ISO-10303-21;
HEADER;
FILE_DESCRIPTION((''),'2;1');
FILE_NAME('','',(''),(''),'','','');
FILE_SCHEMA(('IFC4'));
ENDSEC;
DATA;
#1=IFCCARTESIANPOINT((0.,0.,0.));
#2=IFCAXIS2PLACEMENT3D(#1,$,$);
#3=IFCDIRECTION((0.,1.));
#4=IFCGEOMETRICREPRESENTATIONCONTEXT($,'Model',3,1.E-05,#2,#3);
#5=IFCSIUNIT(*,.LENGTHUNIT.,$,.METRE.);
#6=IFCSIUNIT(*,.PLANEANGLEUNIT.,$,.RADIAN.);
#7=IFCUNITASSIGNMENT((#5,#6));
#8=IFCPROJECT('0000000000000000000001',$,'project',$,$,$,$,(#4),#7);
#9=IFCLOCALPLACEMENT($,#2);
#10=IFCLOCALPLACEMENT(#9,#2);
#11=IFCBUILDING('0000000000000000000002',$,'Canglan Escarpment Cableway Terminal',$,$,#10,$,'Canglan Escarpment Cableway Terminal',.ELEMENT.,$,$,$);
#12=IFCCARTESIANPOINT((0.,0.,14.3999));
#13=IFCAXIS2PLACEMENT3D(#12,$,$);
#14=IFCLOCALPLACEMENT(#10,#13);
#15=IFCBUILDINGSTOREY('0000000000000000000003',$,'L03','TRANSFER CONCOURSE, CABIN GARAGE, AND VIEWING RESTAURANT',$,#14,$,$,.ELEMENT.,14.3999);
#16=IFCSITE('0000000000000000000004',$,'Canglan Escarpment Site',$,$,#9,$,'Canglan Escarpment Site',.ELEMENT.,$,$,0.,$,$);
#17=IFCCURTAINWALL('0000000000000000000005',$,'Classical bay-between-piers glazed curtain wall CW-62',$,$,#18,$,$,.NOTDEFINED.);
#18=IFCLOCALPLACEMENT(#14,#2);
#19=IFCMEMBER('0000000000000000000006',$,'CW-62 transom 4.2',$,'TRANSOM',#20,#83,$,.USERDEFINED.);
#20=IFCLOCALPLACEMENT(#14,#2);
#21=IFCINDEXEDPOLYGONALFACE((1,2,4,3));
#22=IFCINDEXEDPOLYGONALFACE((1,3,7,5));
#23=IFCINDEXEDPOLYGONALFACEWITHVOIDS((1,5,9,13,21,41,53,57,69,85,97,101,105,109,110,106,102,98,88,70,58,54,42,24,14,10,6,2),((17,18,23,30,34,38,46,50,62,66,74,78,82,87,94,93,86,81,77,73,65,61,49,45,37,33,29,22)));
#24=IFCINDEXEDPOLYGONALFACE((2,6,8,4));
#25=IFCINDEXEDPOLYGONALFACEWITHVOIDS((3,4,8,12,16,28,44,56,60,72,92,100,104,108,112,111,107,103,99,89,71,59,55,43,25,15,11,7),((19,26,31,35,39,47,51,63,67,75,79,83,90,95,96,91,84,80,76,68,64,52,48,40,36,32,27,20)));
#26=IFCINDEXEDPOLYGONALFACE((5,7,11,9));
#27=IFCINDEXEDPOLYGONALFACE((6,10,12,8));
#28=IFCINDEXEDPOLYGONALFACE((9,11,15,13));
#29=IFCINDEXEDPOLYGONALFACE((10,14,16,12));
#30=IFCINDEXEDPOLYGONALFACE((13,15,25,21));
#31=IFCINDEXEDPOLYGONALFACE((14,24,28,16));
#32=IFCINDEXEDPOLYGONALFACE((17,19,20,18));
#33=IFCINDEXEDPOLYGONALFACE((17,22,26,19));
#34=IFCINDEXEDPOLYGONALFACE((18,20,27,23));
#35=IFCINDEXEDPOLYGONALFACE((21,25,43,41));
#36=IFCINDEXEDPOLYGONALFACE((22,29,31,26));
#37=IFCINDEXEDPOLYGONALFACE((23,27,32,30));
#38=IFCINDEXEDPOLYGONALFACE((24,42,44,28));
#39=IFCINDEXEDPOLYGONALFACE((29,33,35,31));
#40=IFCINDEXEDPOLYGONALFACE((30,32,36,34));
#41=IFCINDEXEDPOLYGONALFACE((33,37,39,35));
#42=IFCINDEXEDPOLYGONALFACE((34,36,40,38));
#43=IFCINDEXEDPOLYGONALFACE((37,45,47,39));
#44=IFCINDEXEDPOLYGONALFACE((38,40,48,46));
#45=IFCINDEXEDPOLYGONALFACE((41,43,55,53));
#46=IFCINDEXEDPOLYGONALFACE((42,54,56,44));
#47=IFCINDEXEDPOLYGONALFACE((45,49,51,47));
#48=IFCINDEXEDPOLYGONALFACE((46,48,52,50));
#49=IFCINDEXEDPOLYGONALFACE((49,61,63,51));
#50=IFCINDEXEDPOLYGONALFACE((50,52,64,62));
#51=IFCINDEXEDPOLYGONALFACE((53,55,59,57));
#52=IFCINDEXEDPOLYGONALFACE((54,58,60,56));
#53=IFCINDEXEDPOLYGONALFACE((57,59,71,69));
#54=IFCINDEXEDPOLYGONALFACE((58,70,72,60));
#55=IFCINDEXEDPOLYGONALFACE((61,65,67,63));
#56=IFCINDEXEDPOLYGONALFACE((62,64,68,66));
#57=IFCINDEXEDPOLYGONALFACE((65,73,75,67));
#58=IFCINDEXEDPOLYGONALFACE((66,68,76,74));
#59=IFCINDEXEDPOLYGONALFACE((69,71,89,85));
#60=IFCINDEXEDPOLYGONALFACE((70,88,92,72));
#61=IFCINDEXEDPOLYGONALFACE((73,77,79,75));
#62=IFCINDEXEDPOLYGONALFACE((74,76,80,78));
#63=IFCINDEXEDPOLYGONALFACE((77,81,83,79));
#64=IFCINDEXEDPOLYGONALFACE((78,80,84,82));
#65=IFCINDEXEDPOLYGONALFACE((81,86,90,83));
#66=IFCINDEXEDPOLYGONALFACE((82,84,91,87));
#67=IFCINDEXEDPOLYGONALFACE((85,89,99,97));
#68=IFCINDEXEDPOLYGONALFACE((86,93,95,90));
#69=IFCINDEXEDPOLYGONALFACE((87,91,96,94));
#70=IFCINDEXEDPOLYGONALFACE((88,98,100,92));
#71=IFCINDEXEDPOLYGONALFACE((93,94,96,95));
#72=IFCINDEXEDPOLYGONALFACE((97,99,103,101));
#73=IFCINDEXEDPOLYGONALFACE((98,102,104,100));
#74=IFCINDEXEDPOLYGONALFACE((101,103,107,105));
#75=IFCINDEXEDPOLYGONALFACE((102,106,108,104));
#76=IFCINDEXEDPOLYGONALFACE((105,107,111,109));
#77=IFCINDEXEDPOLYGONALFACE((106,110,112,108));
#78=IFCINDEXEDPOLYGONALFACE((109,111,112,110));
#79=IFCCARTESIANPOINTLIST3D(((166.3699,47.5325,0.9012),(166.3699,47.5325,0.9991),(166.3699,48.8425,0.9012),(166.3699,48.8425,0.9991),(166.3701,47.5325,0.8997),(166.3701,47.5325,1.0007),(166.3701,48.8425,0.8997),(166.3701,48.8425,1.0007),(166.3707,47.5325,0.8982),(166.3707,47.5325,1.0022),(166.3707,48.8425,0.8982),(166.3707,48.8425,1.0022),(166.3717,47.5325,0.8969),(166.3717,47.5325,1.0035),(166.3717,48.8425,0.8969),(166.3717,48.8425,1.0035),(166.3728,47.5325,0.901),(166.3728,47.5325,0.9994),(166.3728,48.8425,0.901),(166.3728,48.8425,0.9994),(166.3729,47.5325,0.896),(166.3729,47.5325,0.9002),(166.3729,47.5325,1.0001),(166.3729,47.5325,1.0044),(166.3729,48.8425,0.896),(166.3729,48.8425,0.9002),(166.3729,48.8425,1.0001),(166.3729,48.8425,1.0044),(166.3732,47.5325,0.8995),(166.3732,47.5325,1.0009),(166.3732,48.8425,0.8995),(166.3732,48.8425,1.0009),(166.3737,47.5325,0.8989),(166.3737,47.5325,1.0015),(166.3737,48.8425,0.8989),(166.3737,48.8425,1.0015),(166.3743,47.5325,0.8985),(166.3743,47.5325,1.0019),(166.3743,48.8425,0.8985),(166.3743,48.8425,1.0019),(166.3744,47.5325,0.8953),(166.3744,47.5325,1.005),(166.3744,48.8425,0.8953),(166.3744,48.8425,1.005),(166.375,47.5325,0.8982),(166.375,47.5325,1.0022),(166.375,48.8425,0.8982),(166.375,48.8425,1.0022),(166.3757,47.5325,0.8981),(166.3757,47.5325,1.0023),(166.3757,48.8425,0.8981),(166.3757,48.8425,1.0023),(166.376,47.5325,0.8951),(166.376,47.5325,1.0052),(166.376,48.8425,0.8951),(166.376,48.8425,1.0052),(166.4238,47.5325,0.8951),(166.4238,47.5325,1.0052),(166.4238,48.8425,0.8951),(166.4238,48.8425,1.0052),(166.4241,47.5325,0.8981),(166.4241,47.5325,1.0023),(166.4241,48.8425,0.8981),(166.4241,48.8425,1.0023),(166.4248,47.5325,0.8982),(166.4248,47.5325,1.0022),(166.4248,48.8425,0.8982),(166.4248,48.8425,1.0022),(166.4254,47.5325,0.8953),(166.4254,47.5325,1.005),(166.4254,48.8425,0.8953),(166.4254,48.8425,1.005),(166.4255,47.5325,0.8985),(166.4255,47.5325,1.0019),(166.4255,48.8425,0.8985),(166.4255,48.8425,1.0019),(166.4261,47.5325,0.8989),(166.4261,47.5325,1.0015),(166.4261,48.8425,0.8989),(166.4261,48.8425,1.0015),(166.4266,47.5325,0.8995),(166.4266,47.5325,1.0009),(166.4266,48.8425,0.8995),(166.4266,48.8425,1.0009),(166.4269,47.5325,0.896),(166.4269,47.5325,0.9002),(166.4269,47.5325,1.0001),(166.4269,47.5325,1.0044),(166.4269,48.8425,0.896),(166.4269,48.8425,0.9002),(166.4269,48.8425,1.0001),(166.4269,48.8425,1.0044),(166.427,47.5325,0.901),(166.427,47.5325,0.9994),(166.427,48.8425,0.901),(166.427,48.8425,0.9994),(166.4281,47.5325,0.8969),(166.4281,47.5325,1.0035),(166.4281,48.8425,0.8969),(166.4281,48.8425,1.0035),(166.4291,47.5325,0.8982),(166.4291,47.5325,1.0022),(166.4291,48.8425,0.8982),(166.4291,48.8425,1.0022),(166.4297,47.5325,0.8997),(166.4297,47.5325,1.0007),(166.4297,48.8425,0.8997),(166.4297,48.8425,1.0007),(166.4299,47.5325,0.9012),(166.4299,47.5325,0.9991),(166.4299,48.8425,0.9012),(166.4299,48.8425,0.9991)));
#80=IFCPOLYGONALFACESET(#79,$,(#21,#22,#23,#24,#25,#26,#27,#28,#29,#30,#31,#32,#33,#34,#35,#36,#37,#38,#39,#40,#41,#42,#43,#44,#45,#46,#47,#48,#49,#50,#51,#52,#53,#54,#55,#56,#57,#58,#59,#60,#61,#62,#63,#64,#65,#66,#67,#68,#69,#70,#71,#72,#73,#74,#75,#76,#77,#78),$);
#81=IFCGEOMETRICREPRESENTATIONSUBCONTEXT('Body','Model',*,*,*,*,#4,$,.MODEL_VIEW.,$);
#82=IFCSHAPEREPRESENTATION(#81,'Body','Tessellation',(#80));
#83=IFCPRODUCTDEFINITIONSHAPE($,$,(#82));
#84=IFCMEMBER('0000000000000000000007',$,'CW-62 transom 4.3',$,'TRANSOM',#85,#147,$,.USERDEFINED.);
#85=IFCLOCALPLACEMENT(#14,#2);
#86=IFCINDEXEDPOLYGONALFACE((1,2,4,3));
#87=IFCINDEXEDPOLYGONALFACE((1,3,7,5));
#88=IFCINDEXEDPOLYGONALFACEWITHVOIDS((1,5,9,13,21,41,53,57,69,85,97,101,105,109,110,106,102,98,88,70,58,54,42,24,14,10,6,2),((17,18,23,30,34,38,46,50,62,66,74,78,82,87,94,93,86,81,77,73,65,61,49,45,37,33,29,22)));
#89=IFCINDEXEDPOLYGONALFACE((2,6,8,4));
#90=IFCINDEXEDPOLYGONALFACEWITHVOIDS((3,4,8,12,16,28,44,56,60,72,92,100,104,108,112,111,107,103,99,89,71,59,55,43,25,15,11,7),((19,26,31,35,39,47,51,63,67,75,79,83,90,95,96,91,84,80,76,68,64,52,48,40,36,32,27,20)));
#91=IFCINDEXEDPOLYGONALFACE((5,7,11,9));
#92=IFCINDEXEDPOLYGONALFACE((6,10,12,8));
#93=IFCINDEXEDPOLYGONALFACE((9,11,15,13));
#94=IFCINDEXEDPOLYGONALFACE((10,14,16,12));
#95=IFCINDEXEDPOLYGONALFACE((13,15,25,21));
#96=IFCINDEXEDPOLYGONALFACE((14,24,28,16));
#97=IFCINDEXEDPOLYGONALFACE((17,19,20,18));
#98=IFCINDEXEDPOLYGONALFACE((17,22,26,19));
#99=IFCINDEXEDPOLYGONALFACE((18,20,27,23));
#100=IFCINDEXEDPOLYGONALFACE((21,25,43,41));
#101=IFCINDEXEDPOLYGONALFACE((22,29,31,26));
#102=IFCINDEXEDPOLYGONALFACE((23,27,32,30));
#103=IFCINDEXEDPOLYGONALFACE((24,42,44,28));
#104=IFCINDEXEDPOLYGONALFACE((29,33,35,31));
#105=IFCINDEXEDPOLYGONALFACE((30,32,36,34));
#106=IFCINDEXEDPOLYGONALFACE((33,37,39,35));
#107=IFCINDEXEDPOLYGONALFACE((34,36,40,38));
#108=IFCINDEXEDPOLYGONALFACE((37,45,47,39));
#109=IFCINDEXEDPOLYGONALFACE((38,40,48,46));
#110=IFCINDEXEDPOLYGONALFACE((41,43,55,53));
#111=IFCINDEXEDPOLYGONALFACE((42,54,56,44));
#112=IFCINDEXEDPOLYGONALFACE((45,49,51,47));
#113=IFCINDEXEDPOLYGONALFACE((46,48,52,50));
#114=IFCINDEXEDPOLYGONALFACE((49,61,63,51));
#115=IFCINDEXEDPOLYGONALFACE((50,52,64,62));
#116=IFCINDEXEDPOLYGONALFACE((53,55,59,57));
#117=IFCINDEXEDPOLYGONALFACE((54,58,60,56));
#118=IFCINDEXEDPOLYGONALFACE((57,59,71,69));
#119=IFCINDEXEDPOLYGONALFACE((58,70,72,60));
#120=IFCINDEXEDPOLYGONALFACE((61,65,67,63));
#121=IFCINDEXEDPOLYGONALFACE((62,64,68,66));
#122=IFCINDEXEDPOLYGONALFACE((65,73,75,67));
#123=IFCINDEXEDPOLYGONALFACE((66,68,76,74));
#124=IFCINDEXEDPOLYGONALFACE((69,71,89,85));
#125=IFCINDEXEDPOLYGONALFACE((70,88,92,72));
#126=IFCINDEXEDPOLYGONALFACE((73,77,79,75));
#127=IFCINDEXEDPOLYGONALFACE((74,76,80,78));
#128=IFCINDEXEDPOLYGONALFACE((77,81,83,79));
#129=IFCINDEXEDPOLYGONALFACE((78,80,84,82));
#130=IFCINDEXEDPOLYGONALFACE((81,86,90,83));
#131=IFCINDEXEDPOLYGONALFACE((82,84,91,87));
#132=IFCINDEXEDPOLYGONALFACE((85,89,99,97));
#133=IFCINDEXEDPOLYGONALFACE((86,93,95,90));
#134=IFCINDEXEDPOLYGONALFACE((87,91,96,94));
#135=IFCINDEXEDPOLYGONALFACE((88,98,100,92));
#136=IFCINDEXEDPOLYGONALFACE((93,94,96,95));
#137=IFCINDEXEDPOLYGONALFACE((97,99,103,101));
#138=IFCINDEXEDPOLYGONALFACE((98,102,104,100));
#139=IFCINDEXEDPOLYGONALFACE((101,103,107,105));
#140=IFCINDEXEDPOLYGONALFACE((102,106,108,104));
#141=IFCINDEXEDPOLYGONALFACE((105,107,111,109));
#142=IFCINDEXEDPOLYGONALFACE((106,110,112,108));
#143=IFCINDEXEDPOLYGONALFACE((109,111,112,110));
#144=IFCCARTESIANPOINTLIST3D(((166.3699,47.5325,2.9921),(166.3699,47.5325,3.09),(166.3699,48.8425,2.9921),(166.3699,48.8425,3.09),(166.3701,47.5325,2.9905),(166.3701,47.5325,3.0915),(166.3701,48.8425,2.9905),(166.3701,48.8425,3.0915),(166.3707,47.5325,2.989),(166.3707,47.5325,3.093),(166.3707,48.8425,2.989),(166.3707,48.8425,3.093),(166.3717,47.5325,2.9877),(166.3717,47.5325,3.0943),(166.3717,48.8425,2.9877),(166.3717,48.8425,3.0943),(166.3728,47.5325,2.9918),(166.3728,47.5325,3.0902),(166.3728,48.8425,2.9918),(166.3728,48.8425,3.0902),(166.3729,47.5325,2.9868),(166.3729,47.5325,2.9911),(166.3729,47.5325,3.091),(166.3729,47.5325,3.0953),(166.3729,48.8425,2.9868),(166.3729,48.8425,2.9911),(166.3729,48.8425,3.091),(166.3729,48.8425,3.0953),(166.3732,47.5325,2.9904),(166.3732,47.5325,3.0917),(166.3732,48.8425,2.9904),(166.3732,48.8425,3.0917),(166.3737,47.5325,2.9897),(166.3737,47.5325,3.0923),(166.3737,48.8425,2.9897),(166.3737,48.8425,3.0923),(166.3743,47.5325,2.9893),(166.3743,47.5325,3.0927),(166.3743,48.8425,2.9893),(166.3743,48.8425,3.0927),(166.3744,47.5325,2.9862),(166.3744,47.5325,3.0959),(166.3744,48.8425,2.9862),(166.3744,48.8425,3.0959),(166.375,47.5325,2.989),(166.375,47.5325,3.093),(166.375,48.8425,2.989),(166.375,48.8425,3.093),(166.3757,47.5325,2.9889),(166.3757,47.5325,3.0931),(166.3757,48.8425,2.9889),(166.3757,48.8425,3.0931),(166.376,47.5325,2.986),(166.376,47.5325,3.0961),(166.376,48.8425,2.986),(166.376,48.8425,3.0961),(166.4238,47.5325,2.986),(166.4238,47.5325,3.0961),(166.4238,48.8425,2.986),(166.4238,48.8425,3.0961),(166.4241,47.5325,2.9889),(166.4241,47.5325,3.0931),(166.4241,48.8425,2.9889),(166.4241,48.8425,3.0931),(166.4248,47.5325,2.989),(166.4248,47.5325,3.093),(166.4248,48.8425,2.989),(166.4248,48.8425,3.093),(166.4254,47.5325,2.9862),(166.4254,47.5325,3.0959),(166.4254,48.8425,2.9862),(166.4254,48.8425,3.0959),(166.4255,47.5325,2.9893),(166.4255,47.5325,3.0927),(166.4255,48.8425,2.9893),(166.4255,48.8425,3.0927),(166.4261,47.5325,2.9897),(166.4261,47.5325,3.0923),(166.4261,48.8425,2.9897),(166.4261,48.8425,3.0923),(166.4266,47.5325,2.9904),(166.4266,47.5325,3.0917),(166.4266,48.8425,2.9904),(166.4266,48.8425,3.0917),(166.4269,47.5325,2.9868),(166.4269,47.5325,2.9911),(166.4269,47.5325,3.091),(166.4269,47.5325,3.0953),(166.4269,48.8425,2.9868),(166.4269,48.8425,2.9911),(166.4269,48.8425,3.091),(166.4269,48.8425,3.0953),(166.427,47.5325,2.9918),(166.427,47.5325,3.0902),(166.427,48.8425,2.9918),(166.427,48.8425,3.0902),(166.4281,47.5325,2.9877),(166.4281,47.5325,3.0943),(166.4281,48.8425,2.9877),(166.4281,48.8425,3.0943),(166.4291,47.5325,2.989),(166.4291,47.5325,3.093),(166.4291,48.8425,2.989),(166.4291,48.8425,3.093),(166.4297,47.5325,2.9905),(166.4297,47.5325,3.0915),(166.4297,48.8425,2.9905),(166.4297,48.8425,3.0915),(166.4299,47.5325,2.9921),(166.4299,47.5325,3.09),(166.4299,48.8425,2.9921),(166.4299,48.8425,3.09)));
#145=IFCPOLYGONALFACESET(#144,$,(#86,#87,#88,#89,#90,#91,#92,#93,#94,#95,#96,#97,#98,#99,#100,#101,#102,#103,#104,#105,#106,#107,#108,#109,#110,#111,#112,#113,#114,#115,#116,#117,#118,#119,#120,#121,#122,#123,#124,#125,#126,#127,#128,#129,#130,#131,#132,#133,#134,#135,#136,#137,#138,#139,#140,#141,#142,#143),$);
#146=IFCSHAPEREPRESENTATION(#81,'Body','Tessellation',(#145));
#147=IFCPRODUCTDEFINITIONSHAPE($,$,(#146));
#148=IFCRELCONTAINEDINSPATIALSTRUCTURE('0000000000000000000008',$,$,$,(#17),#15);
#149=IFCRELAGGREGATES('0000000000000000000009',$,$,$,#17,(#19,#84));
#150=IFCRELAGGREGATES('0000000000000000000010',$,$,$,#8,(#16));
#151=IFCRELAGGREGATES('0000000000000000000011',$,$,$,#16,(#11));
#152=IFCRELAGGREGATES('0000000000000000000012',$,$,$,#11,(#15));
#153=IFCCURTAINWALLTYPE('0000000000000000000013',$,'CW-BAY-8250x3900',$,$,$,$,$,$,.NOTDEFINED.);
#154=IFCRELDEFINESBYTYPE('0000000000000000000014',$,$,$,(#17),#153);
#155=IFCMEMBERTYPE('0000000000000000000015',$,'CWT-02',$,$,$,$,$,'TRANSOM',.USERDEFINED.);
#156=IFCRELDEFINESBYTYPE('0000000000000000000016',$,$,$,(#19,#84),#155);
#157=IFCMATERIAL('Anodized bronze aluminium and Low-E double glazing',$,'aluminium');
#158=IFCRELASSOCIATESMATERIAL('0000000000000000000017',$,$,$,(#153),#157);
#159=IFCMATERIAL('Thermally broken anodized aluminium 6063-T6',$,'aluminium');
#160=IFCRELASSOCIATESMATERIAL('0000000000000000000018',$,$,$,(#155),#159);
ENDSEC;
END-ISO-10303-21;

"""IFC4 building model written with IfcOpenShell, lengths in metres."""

from ifc_helpers import new_model, si_unit, direction, frame, origin, origin_2d, place, context, subcontext, project, spatial, hollow_rectangle, extrude, material, material_profile, profile_set, type_object, element, aggregate, save


model = new_model("IFC4")

# Units and contexts
model_context = context("Model", 3, precision=1e-05, world=origin(), true_north=direction((0.0, 1.0)))
body_context = subcontext(model_context, "Body", "Model", "MODEL_VIEW")
ifc_project = project(units=[si_unit("LENGTHUNIT", "METRE"), si_unit("PLANEANGLEUNIT", "RADIAN")], contexts=[model_context])

# Site, building, storey
site_placement = place(None, origin())
site = spatial("IfcSite", under=ifc_project, at=site_placement, Name="Canglan Escarpment Site", LongName="Canglan Escarpment Site", CompositionType="ELEMENT", RefElevation=0.0)
building_placement = place(site_placement, origin())
building = spatial("IfcBuilding", under=site, at=building_placement, Name="Canglan Escarpment Cableway Terminal", LongName="Canglan Escarpment Cableway Terminal", CompositionType="ELEMENT")
storey_placement = place(building_placement, frame((0.0, 0.0, 14.3999)))
storey = spatial("IfcBuildingStorey", under=building, at=storey_placement, Name="L03", Description="TRANSFER CONCOURSE, CABIN GARAGE, AND VIEWING RESTAURANT", CompositionType="ELEMENT", Elevation=14.3999)

# Curtain wall, members
ifc_material_1 = material(Name="Anodized bronze aluminium and Low-E double glazing", Category="aluminium")
curtain_wall_type = type_object("IfcCurtainWallType", Name="CW-BAY-8250x3900", PredefinedType="NOTDEFINED", material=ifc_material_1)
curtain_wall_placement = place(storey_placement, origin())
curtain_wall = element("IfcCurtainWall", 1, at=curtain_wall_placement, inside=storey, type_object=curtain_wall_type, Name="Classical bay-between-piers glazed curtain wall CW-62", PredefinedType="NOTDEFINED")
ifc_material_2 = material(Name="Thermally broken anodized aluminium 6063-T6", Category="aluminium")
ifc_material_profile_1 = material_profile(ifc_material_2, hollow_rectangle(XDim=0.0601, YDim=0.1101, WallThickness=0.0029, InnerFilletRadius=0.0029, OuterFilletRadius=0.0061, at=origin_2d()), Name="ALU-TRAN 60x110x3")
ifc_profile_set_1 = profile_set([ifc_material_profile_1], Name="Thermally broken anodized aluminium 6063-T6")
member_type_1 = type_object("IfcMemberType", Name="CWT-02", ElementType="TRANSOM", PredefinedType="USERDEFINED", material=ifc_profile_set_1)
member_1_placement = place(storey_placement, frame((166.3999, 47.5325, 0.9502), z_axis=(0.0, 1.0, 0.0), x_axis=(-1.0, 0.0, 0.0)))
member_1 = element("IfcMember", 2, at=member_1_placement, type_object=member_type_1, Name="CW-62 transom 4.2", ObjectType="TRANSOM", PredefinedType="USERDEFINED", context=body_context, shape_type="SweptSolid", body=[
    extrude(hollow_rectangle(XDim=0.0601, YDim=0.1101, WallThickness=0.0029, InnerFilletRadius=0.0029, OuterFilletRadius=0.0061, at=origin_2d()), origin(), (0.0, 0.0, 1.0), 1.3101),
])
member_2_placement = place(storey_placement, frame((166.3999, 47.5325, 3.041), z_axis=(0.0, 1.0, 0.0), x_axis=(-1.0, 0.0, 0.0)))
member_2 = element("IfcMember", 3, at=member_2_placement, type_object=member_type_1, Name="CW-62 transom 4.3", ObjectType="TRANSOM", PredefinedType="USERDEFINED", context=body_context, shape_type="SweptSolid", body=[
    extrude(hollow_rectangle(XDim=0.0601, YDim=0.1101, WallThickness=0.0029, InnerFilletRadius=0.0029, OuterFilletRadius=0.0061, at=origin_2d()), origin(), (0.0, 0.0, 1.0), 1.3101),
])
aggregate(curtain_wall, [member_1, member_2])

save(model, "model.ifc")
